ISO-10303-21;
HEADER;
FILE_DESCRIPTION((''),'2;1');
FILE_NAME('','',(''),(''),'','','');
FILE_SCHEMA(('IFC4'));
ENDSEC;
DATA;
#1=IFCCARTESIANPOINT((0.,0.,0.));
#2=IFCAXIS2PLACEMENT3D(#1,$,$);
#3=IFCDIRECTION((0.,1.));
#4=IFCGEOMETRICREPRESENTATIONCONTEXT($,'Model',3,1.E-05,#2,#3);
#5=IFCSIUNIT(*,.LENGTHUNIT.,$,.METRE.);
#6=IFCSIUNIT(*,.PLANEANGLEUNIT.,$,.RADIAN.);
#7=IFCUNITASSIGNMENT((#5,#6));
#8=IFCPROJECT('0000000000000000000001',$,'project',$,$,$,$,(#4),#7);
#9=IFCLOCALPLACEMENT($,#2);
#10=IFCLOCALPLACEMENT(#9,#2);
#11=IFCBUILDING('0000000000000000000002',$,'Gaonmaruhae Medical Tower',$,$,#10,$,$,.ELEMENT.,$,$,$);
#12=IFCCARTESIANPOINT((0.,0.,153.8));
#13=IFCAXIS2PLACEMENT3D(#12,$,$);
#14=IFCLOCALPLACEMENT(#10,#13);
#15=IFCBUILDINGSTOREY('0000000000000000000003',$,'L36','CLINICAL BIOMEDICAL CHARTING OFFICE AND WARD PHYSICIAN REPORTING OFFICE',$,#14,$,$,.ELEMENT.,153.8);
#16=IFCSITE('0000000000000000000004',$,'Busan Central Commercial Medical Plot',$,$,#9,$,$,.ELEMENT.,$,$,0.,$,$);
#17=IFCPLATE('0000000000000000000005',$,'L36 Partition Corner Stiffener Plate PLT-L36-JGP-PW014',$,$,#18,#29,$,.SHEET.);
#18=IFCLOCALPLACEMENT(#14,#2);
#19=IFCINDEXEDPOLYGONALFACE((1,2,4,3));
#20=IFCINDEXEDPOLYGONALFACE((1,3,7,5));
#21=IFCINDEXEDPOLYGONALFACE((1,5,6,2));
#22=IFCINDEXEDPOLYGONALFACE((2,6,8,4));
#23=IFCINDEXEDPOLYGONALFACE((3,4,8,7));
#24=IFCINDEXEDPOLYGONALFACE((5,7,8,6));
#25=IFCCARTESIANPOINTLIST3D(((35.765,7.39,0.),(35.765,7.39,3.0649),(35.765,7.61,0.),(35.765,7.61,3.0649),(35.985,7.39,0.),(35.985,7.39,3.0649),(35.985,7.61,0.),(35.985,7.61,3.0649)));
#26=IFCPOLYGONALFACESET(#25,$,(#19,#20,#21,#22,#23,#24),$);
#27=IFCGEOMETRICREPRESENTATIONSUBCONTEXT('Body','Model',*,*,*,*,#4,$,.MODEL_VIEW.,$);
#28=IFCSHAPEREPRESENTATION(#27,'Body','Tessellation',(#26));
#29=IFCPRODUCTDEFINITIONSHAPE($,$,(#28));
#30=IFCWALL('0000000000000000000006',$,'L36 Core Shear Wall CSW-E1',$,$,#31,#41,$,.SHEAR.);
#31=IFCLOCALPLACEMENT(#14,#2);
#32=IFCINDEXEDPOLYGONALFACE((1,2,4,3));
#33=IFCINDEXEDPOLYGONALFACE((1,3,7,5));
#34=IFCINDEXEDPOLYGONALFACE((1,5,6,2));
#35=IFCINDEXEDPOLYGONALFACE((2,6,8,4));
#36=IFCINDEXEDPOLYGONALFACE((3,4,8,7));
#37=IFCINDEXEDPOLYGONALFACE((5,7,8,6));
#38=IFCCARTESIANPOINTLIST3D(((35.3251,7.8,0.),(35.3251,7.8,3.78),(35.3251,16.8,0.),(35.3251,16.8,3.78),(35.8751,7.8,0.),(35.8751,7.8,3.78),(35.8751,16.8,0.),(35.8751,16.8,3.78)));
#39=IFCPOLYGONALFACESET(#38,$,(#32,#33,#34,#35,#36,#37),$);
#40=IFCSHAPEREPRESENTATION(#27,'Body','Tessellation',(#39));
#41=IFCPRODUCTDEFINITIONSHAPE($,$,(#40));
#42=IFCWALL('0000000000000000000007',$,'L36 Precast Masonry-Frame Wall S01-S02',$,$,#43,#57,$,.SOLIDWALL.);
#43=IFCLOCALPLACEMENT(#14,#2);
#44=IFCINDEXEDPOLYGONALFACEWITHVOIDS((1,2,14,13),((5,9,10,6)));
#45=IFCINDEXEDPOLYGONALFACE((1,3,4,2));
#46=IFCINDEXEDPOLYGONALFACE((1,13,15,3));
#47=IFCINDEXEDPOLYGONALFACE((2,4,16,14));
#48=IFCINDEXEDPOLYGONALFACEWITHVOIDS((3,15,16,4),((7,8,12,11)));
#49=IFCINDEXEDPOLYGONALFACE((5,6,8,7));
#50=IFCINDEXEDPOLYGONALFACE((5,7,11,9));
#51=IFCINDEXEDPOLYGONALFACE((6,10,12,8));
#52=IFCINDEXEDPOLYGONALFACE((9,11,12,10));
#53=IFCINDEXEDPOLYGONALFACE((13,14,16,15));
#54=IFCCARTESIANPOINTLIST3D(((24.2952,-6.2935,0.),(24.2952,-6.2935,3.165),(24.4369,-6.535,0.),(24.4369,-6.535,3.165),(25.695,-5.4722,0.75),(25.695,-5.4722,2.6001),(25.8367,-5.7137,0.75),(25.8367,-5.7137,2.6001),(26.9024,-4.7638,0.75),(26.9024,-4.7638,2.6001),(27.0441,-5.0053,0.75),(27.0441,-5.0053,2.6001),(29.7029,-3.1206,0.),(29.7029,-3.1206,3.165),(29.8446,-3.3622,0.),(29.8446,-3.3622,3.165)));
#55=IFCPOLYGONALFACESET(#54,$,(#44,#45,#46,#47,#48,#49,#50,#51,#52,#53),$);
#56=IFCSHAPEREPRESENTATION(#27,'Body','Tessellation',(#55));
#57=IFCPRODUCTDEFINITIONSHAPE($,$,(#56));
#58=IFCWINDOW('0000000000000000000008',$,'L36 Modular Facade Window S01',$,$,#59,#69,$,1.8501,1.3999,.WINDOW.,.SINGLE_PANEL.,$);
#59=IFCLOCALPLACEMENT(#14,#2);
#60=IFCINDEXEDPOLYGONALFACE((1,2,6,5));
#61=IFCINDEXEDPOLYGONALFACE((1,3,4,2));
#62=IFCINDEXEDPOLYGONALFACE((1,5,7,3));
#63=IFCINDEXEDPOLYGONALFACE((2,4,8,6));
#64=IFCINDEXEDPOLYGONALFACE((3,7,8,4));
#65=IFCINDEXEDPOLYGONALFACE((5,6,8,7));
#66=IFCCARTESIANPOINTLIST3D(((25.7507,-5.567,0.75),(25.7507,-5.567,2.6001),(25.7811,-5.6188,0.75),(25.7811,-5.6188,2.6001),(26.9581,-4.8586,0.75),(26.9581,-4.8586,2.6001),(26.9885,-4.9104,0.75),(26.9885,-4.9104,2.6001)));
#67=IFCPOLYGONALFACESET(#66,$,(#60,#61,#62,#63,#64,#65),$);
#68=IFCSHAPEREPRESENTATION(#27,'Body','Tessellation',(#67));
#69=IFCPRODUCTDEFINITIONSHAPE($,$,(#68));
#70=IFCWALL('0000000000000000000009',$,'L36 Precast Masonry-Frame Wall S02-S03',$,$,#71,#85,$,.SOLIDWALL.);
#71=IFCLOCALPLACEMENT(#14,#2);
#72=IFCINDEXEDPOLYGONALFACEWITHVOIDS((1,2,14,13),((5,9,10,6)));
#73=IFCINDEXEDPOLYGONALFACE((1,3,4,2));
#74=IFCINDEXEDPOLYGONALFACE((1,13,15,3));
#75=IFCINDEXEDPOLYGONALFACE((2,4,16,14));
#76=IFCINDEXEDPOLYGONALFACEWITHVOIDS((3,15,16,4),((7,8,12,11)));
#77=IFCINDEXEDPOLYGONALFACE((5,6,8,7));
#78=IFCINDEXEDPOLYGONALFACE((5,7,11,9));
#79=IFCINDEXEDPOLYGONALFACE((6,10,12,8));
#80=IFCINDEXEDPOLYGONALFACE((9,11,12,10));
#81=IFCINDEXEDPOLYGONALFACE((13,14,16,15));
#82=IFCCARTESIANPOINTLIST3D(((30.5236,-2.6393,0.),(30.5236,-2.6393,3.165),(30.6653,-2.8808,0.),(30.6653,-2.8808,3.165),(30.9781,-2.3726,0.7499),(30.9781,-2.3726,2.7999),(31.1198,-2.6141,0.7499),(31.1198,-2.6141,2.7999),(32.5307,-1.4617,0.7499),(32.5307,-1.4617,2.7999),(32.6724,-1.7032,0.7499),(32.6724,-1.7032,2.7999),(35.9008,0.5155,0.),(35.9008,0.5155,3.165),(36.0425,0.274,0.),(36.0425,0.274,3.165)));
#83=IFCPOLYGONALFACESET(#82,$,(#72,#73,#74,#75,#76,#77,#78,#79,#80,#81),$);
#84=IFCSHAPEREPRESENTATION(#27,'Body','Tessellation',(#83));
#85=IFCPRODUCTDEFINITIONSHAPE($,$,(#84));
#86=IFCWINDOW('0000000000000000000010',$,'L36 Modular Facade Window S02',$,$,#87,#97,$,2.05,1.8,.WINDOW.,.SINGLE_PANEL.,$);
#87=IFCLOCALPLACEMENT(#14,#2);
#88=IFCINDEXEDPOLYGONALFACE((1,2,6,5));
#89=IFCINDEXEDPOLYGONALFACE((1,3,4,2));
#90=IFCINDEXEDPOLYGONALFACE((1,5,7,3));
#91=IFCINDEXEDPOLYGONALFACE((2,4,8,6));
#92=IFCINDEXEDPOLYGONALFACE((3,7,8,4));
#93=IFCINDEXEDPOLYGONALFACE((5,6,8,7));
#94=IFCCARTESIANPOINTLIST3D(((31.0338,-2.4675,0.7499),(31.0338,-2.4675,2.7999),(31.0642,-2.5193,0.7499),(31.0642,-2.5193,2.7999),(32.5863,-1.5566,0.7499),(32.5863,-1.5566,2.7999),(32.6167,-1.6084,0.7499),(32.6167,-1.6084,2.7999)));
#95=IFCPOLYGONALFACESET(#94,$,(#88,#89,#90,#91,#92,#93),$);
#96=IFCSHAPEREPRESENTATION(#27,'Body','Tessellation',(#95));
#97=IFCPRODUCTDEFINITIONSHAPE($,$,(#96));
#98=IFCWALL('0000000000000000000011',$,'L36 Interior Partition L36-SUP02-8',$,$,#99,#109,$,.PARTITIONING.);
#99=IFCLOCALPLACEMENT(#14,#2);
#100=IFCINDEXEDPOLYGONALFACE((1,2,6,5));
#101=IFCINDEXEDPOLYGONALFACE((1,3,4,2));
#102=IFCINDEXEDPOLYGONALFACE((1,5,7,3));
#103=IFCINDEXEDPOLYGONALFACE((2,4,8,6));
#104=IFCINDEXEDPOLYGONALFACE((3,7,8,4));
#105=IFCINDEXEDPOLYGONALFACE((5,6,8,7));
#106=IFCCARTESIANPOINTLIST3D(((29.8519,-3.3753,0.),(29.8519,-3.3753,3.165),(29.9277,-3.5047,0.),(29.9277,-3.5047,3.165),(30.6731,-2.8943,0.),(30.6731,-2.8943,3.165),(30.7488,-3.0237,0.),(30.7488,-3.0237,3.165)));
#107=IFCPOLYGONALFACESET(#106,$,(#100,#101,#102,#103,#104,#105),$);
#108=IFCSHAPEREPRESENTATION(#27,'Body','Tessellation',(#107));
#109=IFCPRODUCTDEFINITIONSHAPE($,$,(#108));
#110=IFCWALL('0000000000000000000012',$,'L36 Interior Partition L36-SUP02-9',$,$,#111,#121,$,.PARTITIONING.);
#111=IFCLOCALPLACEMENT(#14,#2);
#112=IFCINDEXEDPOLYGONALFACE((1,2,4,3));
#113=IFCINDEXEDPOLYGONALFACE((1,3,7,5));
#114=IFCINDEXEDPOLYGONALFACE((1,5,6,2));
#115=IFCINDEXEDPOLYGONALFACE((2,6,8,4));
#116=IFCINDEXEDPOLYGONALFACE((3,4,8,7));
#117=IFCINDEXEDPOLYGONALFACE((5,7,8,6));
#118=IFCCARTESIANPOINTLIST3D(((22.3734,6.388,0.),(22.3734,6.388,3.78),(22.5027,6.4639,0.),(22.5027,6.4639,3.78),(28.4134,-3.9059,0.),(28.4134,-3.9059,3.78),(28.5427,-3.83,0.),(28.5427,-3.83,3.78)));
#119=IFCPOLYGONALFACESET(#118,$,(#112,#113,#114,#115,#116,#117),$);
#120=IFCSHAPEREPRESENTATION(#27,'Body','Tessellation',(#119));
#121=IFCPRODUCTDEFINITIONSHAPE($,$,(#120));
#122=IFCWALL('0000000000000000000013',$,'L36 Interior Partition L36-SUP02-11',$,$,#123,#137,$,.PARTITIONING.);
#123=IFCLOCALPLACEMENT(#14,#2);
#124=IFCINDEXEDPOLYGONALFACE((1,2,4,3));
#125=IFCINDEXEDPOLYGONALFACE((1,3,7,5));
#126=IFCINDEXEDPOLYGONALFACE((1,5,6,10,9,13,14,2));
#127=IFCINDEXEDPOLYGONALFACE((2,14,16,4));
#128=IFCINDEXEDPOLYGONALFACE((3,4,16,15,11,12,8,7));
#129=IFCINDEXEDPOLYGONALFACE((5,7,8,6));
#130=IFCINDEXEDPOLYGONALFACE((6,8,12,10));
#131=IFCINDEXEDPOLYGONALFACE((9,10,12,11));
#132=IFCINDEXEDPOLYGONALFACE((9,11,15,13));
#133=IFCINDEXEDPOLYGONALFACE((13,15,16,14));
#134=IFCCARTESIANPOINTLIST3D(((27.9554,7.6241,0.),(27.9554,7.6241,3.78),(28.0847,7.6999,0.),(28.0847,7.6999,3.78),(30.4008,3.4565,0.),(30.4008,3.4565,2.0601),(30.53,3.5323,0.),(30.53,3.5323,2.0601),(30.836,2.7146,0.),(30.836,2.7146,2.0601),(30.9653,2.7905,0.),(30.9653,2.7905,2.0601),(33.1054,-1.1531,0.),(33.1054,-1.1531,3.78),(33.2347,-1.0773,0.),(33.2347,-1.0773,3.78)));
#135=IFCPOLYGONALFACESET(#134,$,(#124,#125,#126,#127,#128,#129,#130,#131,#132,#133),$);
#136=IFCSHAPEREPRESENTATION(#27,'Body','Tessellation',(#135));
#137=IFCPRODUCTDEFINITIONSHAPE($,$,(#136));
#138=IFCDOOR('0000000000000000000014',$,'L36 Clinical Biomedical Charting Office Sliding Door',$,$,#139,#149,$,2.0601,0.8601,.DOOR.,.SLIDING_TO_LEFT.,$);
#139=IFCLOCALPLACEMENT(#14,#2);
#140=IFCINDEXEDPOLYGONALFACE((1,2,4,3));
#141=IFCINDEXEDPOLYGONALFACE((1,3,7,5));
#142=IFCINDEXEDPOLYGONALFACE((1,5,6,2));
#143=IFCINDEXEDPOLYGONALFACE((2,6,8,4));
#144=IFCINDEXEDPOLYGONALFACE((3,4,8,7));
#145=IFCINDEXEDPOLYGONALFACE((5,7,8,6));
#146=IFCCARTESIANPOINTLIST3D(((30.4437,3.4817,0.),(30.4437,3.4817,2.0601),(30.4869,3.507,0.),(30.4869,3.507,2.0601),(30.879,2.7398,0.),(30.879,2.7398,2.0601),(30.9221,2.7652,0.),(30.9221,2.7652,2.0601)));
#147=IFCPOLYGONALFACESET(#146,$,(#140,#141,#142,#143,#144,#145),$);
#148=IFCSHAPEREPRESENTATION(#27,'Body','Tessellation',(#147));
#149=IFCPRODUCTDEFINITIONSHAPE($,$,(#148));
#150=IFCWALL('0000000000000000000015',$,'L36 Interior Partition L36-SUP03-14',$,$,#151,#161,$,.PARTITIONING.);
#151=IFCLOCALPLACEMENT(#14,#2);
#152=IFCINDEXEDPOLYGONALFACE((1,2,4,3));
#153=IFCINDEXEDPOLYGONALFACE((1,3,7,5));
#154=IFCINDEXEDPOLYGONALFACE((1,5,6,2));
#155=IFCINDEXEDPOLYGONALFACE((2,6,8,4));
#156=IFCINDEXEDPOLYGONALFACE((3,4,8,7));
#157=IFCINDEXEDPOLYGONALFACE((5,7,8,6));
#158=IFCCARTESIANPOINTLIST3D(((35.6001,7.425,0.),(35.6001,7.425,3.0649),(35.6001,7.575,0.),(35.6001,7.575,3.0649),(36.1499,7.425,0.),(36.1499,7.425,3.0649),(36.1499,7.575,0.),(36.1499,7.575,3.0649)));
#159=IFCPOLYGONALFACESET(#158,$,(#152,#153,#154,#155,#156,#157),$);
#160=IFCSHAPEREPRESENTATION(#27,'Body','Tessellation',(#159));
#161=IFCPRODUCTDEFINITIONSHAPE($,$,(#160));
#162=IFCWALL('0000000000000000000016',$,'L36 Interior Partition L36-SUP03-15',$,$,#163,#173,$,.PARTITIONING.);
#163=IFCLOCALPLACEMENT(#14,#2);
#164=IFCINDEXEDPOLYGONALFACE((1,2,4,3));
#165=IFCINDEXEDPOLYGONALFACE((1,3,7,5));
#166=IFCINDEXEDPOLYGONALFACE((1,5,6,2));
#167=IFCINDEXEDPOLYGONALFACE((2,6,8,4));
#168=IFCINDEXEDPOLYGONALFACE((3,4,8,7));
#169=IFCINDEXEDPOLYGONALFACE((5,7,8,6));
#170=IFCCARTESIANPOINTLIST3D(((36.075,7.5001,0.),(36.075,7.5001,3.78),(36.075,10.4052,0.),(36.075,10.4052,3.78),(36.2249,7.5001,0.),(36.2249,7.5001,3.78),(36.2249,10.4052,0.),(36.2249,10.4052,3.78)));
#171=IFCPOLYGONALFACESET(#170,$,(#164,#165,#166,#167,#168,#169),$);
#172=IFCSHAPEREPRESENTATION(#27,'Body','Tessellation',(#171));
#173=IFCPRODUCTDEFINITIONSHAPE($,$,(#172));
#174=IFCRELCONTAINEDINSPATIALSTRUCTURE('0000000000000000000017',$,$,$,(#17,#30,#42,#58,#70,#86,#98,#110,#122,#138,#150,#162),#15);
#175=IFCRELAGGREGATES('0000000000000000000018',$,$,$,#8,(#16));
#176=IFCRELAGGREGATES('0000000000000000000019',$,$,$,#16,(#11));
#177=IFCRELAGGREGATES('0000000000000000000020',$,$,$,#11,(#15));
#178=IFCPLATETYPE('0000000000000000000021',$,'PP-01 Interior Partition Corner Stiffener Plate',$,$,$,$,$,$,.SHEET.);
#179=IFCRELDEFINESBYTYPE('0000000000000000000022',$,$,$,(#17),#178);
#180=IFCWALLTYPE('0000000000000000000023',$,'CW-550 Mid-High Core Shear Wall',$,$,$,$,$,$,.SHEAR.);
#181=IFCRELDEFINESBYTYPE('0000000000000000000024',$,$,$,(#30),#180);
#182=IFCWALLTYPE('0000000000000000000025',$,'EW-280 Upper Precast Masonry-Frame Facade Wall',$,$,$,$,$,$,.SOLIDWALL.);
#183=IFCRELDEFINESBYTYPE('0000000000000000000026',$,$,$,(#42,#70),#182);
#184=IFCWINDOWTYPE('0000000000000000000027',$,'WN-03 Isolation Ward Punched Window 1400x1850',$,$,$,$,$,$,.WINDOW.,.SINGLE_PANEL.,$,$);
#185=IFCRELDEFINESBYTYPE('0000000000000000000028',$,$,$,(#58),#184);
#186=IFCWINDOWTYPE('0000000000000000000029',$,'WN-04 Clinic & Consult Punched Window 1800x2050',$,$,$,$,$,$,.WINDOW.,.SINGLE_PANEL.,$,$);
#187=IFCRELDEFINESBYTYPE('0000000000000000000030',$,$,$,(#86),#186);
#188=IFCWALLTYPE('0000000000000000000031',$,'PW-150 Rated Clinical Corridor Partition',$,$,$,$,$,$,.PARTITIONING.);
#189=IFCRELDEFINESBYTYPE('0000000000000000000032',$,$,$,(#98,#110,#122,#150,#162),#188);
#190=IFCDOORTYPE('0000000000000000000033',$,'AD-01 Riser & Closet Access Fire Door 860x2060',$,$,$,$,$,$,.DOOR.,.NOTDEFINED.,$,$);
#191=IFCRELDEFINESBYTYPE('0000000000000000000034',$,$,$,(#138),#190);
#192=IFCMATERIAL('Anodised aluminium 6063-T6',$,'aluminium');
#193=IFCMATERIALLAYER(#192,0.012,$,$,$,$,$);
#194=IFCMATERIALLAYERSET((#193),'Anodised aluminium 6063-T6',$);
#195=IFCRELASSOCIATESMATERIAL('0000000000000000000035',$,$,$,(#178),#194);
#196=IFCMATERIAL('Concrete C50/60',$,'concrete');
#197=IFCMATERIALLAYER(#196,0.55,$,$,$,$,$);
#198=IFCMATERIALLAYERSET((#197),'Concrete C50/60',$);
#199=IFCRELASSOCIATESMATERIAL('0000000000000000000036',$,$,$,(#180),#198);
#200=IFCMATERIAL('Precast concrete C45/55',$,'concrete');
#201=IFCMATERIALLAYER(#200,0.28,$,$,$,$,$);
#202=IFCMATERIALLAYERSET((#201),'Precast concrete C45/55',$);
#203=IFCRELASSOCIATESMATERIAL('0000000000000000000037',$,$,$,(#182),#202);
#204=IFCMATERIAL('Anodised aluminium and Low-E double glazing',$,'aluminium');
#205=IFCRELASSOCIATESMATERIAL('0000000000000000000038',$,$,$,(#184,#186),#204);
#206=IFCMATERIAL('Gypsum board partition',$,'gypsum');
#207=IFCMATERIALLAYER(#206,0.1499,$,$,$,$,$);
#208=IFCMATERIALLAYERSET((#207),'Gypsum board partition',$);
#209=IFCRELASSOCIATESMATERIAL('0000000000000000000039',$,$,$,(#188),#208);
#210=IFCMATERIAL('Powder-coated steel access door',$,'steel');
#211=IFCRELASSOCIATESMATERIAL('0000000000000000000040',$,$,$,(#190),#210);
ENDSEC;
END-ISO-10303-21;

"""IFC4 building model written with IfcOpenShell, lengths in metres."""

from ifc_helpers import new_model, si_unit, direction, frame, frame_2d, origin, origin_2d, place, context, subcontext, project, spatial, rectangle, extrude, material, layer, layer_set, type_object, element, fill, save


model = new_model("IFC4")

# Units and contexts
model_context = context("Model", 3, precision=1e-05, world=origin(), true_north=direction((0.0, 1.0)))
body_context = subcontext(model_context, "Body", "Model", "MODEL_VIEW")
ifc_project = project(units=[si_unit("LENGTHUNIT", "METRE"), si_unit("PLANEANGLEUNIT", "RADIAN")], contexts=[model_context])

# Site, building, storey
site_placement = place(None, origin())
site = spatial("IfcSite", under=ifc_project, at=site_placement, Name="Busan Central Commercial Medical Plot", CompositionType="ELEMENT", RefElevation=0.0)
building_placement = place(site_placement, origin())
building = spatial("IfcBuilding", under=site, at=building_placement, Name="Gaonmaruhae Medical Tower", CompositionType="ELEMENT")
storey_placement = place(building_placement, frame((0.0, 0.0, 153.8)))
storey = spatial("IfcBuildingStorey", under=building, at=storey_placement, Name="L36", Description="CLINICAL BIOMEDICAL CHARTING OFFICE AND WARD PHYSICIAN REPORTING OFFICE", CompositionType="ELEMENT", Elevation=153.8)

# Shared definitions
ifc_material_1 = material(Name="Concrete C50/60", Category="concrete")

# Plate
ifc_material_2 = material(Name="Anodised aluminium 6063-T6", Category="aluminium")
ifc_layer_1 = layer(ifc_material_2, 0.012)
ifc_layer_set_1 = layer_set([ifc_layer_1], Name="Anodised aluminium 6063-T6")
plate_type = type_object("IfcPlateType", Name="PP-01 Interior Partition Corner Stiffener Plate", PredefinedType="SHEET", material=ifc_layer_set_1)
plate_1_placement = place(storey_placement, frame((35.875, 7.5, 0.0), z_axis=(0.0, 0.0, 1.0), x_axis=(1.0, 0.0, 0.0)))
element("IfcPlate", 1, at=plate_1_placement, inside=storey, type_object=plate_type, Name="L36 Partition Corner Stiffener Plate PLT-L36-JGP-PW014", PredefinedType="SHEET", context=body_context, shape_type="SweptSolid", body=[
    extrude(rectangle(XDim=0.22, YDim=0.22, at=origin_2d()), origin(), (0.0, 0.0, 1.0), 3.0649),
])

# Wall
ifc_layer_2 = layer(ifc_material_1, 0.55)
ifc_layer_set_2 = layer_set([ifc_layer_2], Name="Concrete C50/60")
wall_type_1 = type_object("IfcWallType", Name="CW-550 Mid-High Core Shear Wall", PredefinedType="SHEAR", material=ifc_layer_set_2)
wall_1_placement = place(storey_placement, frame((35.6001, 7.8, 0.0), z_axis=(0.0, 0.0, 1.0), x_axis=(0.0, 1.0, 0.0)))
element("IfcWall", 2, at=wall_1_placement, inside=storey, type_object=wall_type_1, Name="L36 Core Shear Wall CSW-E1", PredefinedType="SHEAR", context=body_context, shape_type="SweptSolid", body=[
    extrude(rectangle(XDim=9.0, YDim=0.55, at=frame_2d((4.5, 0.0))), origin(), (0.0, 0.0, 1.0), 3.78),
])

# Walls, openings, windows
ifc_material_3 = material(Name="Precast concrete C45/55", Category="concrete")
ifc_layer_3 = layer(ifc_material_3, 0.28)
ifc_layer_set_3 = layer_set([ifc_layer_3], Name="Precast concrete C45/55")
wall_type_2 = type_object("IfcWallType", Name="EW-280 Upper Precast Masonry-Frame Facade Wall", PredefinedType="SOLIDWALL", material=ifc_layer_set_3)
wall_2_placement = place(storey_placement, frame((29.7737, -3.2415, 0.0), z_axis=(0.0, 0.0, 1.0), x_axis=(-0.862502, -0.506053, 0.0)))
wall_2 = element("IfcWall", 3, at=wall_2_placement, inside=storey, type_object=wall_type_2, Name="L36 Precast Masonry-Frame Wall S01-S02", PredefinedType="SOLIDWALL", context=body_context, shape_type="SweptSolid", body=[
    extrude(rectangle(XDim=6.2698, YDim=0.28, at=frame_2d((3.1348, 0.0))), origin(), (0.0, 0.0, 1.0), 3.165),
])
opening_1_placement = place(wall_2_placement, frame((3.2468, 0.0, 0.75)))
opening_1 = element("IfcOpeningElement", 4, at=opening_1_placement, cuts=wall_2, PredefinedType="OPENING", context=body_context, shape_type="SweptSolid", body=[
    extrude(rectangle(XDim=1.3999, YDim=1.8501, at=frame_2d((0.7, 0.925))), frame((0.0, 0.1499, 0.0), z_axis=(0.0, -1.0, 0.0), x_axis=(1.0, 0.0, 0.0)), (0.0, 0.0, 1.0), 0.3),
])
ifc_material_4 = material(Name="Anodised aluminium and Low-E double glazing", Category="aluminium")
window_type_1 = type_object("IfcWindowType", Name="WN-03 Isolation Ward Punched Window 1400x1850", PartitioningType="SINGLE_PANEL", PredefinedType="WINDOW", material=ifc_material_4)
window_1_placement = place(opening_1_placement, origin())
window_1 = element("IfcWindow", 5, at=window_1_placement, inside=storey, type_object=window_type_1, Name="L36 Modular Facade Window S01", OverallHeight=1.8501, OverallWidth=1.3999, PartitioningType="SINGLE_PANEL", PredefinedType="WINDOW", context=body_context, shape_type="SweptSolid", body=[
    extrude(rectangle(XDim=1.3999, YDim=1.8501, at=frame_2d((0.7, 0.925))), frame((0.0, 0.03, 0.0), z_axis=(0.0, -1.0, 0.0), x_axis=(1.0, 0.0, 0.0)), (0.0, 0.0, 1.0), 0.0601),
])
fill(opening_1, window_1)
wall_3_placement = place(storey_placement, frame((35.9717, 0.3948, 0.0), z_axis=(0.0, 0.0, 1.0), x_axis=(-0.862514, -0.506034, 0.0)))
wall_3 = element("IfcWall", 6, at=wall_3_placement, inside=storey, type_object=wall_type_2, Name="L36 Precast Masonry-Frame Wall S02-S03", PredefinedType="SOLIDWALL", context=body_context, shape_type="SweptSolid", body=[
    extrude(rectangle(XDim=6.2344, YDim=0.28, at=frame_2d((3.1172, 0.0))), origin(), (0.0, 0.0, 1.0), 3.165),
])
opening_2_placement = place(wall_3_placement, frame((3.9075, 0.0, 0.75)))
opening_2 = element("IfcOpeningElement", 7, at=opening_2_placement, cuts=wall_3, PredefinedType="OPENING", context=body_context, shape_type="SweptSolid", body=[
    extrude(rectangle(XDim=1.8, YDim=2.05, at=frame_2d((0.8999, 1.0249))), frame((0.0, 0.1499, 0.0), z_axis=(0.0, -1.0, 0.0), x_axis=(1.0, 0.0, 0.0)), (0.0, 0.0, 1.0), 0.3),
])
window_type_2 = type_object("IfcWindowType", Name="WN-04 Clinic & Consult Punched Window 1800x2050", PartitioningType="SINGLE_PANEL", PredefinedType="WINDOW", material=ifc_material_4)
window_2_placement = place(opening_2_placement, origin())
window_2 = element("IfcWindow", 8, at=window_2_placement, inside=storey, type_object=window_type_2, Name="L36 Modular Facade Window S02", OverallHeight=2.05, OverallWidth=1.8, PartitioningType="SINGLE_PANEL", PredefinedType="WINDOW", context=body_context, shape_type="SweptSolid", body=[
    extrude(rectangle(XDim=1.8, YDim=2.05, at=frame_2d((0.8999, 1.0249))), frame((0.0, 0.03, 0.0), z_axis=(0.0, -1.0, 0.0), x_axis=(1.0, 0.0, 0.0)), (0.0, 0.0, 1.0), 0.0601),
])
fill(opening_2, window_2)

# Walls
ifc_material_5 = material(Name="Gypsum board partition", Category="gypsum")
ifc_layer_4 = layer(ifc_material_5, 0.1499)
ifc_layer_set_4 = layer_set([ifc_layer_4], Name="Gypsum board partition")
wall_type_3 = type_object("IfcWallType", Name="PW-150 Rated Clinical Corridor Partition", PredefinedType="PARTITIONING", material=ifc_layer_set_4)
wall_4_placement = place(storey_placement, frame((30.7109, -2.959, 0.0), z_axis=(0.0, 0.0, 1.0), x_axis=(-0.862856, -0.50545, 0.0)))
element("IfcWall", 9, at=wall_4_placement, inside=storey, type_object=wall_type_3, Name="L36 Interior Partition L36-SUP02-8", PredefinedType="PARTITIONING", context=body_context, shape_type="SweptSolid", body=[
    extrude(rectangle(XDim=0.9517, YDim=0.1499, at=frame_2d((0.4758, 0.0))), origin(), (0.0, 0.0, 1.0), 3.165),
])
wall_5_placement = place(storey_placement, frame((28.478, -3.8679, 0.0), z_axis=(0.0, 0.0, 1.0), x_axis=(-0.506072, 0.862491, 0.0)))
element("IfcWall", 10, at=wall_5_placement, inside=storey, type_object=wall_type_3, Name="L36 Interior Partition L36-SUP02-9", PredefinedType="PARTITIONING", context=body_context, shape_type="SweptSolid", body=[
    extrude(rectangle(XDim=11.9351, YDim=0.1499, at=frame_2d((5.9675, 0.0))), origin(), (0.0, 0.0, 1.0), 3.78),
])

# Wall, opening, door
wall_6_placement = place(storey_placement, frame((28.02, 7.6621, 0.0), z_axis=(0.0, 0.0, 1.0), x_axis=(0.506064, -0.862496, 0.0)))
wall_6 = element("IfcWall", 11, at=wall_6_placement, inside=storey, type_object=wall_type_3, Name="L36 Interior Partition L36-SUP02-11", PredefinedType="PARTITIONING", context=body_context, shape_type="SweptSolid", body=[
    extrude(rectangle(XDim=10.1765, YDim=0.1499, at=frame_2d((5.0884, 0.0))), origin(), (0.0, 0.0, 1.0), 3.78),
])
opening_3_placement = place(wall_6_placement, frame((4.832, 0.0, 0.0)))
opening_3 = element("IfcOpeningElement", 12, at=opening_3_placement, cuts=wall_6, PredefinedType="OPENING", context=body_context, shape_type="SweptSolid", body=[
    extrude(rectangle(XDim=0.8601, YDim=2.0601, at=frame_2d((0.4302, 1.03))), frame((0.0, 0.085, 0.0), z_axis=(0.0, -1.0, 0.0), x_axis=(1.0, 0.0, 0.0)), (0.0, 0.0, 1.0), 0.1699),
])
ifc_material_6 = material(Name="Powder-coated steel access door", Category="steel")
door_type = type_object("IfcDoorType", Name="AD-01 Riser & Closet Access Fire Door 860x2060", OperationType="NOTDEFINED", PredefinedType="DOOR", material=ifc_material_6)
door_placement = place(opening_3_placement, origin())
door = element("IfcDoor", 13, at=door_placement, inside=storey, type_object=door_type, Name="L36 Clinical Biomedical Charting Office Sliding Door", OperationType="SLIDING_TO_LEFT", OverallHeight=2.0601, OverallWidth=0.8601, PredefinedType="DOOR", context=body_context, shape_type="SweptSolid", body=[
    extrude(rectangle(XDim=0.8601, YDim=2.0601, at=frame_2d((0.4302, 1.03))), frame((0.0, 0.0249, 0.0), z_axis=(0.0, -1.0, 0.0), x_axis=(1.0, 0.0, 0.0)), (0.0, 0.0, 1.0), 0.05),
])
fill(opening_3, door)

# Walls
wall_7_placement = place(storey_placement, frame((35.6001, 7.5, 0.0), z_axis=(0.0, 0.0, 1.0), x_axis=(1.0, 0.0, 0.0)))
element("IfcWall", 14, at=wall_7_placement, inside=storey, type_object=wall_type_3, Name="L36 Interior Partition L36-SUP03-14", PredefinedType="PARTITIONING", context=body_context, shape_type="SweptSolid", body=[
    extrude(rectangle(XDim=0.5498, YDim=0.1499, at=frame_2d((0.2749, 0.0))), origin(), (0.0, 0.0, 1.0), 3.0649),
])
wall_8_placement = place(storey_placement, frame((36.1499, 7.5, 0.0), z_axis=(0.0, 0.0, 1.0), x_axis=(0.0, 1.0, 0.0)))
element("IfcWall", 15, at=wall_8_placement, inside=storey, type_object=wall_type_3, Name="L36 Interior Partition L36-SUP03-15", PredefinedType="PARTITIONING", context=body_context, shape_type="SweptSolid", body=[
    extrude(rectangle(XDim=2.905, YDim=0.1499, at=frame_2d((1.4526, 0.0))), origin(), (0.0, 0.0, 1.0), 3.78),
])

save(model, "model.ifc")
